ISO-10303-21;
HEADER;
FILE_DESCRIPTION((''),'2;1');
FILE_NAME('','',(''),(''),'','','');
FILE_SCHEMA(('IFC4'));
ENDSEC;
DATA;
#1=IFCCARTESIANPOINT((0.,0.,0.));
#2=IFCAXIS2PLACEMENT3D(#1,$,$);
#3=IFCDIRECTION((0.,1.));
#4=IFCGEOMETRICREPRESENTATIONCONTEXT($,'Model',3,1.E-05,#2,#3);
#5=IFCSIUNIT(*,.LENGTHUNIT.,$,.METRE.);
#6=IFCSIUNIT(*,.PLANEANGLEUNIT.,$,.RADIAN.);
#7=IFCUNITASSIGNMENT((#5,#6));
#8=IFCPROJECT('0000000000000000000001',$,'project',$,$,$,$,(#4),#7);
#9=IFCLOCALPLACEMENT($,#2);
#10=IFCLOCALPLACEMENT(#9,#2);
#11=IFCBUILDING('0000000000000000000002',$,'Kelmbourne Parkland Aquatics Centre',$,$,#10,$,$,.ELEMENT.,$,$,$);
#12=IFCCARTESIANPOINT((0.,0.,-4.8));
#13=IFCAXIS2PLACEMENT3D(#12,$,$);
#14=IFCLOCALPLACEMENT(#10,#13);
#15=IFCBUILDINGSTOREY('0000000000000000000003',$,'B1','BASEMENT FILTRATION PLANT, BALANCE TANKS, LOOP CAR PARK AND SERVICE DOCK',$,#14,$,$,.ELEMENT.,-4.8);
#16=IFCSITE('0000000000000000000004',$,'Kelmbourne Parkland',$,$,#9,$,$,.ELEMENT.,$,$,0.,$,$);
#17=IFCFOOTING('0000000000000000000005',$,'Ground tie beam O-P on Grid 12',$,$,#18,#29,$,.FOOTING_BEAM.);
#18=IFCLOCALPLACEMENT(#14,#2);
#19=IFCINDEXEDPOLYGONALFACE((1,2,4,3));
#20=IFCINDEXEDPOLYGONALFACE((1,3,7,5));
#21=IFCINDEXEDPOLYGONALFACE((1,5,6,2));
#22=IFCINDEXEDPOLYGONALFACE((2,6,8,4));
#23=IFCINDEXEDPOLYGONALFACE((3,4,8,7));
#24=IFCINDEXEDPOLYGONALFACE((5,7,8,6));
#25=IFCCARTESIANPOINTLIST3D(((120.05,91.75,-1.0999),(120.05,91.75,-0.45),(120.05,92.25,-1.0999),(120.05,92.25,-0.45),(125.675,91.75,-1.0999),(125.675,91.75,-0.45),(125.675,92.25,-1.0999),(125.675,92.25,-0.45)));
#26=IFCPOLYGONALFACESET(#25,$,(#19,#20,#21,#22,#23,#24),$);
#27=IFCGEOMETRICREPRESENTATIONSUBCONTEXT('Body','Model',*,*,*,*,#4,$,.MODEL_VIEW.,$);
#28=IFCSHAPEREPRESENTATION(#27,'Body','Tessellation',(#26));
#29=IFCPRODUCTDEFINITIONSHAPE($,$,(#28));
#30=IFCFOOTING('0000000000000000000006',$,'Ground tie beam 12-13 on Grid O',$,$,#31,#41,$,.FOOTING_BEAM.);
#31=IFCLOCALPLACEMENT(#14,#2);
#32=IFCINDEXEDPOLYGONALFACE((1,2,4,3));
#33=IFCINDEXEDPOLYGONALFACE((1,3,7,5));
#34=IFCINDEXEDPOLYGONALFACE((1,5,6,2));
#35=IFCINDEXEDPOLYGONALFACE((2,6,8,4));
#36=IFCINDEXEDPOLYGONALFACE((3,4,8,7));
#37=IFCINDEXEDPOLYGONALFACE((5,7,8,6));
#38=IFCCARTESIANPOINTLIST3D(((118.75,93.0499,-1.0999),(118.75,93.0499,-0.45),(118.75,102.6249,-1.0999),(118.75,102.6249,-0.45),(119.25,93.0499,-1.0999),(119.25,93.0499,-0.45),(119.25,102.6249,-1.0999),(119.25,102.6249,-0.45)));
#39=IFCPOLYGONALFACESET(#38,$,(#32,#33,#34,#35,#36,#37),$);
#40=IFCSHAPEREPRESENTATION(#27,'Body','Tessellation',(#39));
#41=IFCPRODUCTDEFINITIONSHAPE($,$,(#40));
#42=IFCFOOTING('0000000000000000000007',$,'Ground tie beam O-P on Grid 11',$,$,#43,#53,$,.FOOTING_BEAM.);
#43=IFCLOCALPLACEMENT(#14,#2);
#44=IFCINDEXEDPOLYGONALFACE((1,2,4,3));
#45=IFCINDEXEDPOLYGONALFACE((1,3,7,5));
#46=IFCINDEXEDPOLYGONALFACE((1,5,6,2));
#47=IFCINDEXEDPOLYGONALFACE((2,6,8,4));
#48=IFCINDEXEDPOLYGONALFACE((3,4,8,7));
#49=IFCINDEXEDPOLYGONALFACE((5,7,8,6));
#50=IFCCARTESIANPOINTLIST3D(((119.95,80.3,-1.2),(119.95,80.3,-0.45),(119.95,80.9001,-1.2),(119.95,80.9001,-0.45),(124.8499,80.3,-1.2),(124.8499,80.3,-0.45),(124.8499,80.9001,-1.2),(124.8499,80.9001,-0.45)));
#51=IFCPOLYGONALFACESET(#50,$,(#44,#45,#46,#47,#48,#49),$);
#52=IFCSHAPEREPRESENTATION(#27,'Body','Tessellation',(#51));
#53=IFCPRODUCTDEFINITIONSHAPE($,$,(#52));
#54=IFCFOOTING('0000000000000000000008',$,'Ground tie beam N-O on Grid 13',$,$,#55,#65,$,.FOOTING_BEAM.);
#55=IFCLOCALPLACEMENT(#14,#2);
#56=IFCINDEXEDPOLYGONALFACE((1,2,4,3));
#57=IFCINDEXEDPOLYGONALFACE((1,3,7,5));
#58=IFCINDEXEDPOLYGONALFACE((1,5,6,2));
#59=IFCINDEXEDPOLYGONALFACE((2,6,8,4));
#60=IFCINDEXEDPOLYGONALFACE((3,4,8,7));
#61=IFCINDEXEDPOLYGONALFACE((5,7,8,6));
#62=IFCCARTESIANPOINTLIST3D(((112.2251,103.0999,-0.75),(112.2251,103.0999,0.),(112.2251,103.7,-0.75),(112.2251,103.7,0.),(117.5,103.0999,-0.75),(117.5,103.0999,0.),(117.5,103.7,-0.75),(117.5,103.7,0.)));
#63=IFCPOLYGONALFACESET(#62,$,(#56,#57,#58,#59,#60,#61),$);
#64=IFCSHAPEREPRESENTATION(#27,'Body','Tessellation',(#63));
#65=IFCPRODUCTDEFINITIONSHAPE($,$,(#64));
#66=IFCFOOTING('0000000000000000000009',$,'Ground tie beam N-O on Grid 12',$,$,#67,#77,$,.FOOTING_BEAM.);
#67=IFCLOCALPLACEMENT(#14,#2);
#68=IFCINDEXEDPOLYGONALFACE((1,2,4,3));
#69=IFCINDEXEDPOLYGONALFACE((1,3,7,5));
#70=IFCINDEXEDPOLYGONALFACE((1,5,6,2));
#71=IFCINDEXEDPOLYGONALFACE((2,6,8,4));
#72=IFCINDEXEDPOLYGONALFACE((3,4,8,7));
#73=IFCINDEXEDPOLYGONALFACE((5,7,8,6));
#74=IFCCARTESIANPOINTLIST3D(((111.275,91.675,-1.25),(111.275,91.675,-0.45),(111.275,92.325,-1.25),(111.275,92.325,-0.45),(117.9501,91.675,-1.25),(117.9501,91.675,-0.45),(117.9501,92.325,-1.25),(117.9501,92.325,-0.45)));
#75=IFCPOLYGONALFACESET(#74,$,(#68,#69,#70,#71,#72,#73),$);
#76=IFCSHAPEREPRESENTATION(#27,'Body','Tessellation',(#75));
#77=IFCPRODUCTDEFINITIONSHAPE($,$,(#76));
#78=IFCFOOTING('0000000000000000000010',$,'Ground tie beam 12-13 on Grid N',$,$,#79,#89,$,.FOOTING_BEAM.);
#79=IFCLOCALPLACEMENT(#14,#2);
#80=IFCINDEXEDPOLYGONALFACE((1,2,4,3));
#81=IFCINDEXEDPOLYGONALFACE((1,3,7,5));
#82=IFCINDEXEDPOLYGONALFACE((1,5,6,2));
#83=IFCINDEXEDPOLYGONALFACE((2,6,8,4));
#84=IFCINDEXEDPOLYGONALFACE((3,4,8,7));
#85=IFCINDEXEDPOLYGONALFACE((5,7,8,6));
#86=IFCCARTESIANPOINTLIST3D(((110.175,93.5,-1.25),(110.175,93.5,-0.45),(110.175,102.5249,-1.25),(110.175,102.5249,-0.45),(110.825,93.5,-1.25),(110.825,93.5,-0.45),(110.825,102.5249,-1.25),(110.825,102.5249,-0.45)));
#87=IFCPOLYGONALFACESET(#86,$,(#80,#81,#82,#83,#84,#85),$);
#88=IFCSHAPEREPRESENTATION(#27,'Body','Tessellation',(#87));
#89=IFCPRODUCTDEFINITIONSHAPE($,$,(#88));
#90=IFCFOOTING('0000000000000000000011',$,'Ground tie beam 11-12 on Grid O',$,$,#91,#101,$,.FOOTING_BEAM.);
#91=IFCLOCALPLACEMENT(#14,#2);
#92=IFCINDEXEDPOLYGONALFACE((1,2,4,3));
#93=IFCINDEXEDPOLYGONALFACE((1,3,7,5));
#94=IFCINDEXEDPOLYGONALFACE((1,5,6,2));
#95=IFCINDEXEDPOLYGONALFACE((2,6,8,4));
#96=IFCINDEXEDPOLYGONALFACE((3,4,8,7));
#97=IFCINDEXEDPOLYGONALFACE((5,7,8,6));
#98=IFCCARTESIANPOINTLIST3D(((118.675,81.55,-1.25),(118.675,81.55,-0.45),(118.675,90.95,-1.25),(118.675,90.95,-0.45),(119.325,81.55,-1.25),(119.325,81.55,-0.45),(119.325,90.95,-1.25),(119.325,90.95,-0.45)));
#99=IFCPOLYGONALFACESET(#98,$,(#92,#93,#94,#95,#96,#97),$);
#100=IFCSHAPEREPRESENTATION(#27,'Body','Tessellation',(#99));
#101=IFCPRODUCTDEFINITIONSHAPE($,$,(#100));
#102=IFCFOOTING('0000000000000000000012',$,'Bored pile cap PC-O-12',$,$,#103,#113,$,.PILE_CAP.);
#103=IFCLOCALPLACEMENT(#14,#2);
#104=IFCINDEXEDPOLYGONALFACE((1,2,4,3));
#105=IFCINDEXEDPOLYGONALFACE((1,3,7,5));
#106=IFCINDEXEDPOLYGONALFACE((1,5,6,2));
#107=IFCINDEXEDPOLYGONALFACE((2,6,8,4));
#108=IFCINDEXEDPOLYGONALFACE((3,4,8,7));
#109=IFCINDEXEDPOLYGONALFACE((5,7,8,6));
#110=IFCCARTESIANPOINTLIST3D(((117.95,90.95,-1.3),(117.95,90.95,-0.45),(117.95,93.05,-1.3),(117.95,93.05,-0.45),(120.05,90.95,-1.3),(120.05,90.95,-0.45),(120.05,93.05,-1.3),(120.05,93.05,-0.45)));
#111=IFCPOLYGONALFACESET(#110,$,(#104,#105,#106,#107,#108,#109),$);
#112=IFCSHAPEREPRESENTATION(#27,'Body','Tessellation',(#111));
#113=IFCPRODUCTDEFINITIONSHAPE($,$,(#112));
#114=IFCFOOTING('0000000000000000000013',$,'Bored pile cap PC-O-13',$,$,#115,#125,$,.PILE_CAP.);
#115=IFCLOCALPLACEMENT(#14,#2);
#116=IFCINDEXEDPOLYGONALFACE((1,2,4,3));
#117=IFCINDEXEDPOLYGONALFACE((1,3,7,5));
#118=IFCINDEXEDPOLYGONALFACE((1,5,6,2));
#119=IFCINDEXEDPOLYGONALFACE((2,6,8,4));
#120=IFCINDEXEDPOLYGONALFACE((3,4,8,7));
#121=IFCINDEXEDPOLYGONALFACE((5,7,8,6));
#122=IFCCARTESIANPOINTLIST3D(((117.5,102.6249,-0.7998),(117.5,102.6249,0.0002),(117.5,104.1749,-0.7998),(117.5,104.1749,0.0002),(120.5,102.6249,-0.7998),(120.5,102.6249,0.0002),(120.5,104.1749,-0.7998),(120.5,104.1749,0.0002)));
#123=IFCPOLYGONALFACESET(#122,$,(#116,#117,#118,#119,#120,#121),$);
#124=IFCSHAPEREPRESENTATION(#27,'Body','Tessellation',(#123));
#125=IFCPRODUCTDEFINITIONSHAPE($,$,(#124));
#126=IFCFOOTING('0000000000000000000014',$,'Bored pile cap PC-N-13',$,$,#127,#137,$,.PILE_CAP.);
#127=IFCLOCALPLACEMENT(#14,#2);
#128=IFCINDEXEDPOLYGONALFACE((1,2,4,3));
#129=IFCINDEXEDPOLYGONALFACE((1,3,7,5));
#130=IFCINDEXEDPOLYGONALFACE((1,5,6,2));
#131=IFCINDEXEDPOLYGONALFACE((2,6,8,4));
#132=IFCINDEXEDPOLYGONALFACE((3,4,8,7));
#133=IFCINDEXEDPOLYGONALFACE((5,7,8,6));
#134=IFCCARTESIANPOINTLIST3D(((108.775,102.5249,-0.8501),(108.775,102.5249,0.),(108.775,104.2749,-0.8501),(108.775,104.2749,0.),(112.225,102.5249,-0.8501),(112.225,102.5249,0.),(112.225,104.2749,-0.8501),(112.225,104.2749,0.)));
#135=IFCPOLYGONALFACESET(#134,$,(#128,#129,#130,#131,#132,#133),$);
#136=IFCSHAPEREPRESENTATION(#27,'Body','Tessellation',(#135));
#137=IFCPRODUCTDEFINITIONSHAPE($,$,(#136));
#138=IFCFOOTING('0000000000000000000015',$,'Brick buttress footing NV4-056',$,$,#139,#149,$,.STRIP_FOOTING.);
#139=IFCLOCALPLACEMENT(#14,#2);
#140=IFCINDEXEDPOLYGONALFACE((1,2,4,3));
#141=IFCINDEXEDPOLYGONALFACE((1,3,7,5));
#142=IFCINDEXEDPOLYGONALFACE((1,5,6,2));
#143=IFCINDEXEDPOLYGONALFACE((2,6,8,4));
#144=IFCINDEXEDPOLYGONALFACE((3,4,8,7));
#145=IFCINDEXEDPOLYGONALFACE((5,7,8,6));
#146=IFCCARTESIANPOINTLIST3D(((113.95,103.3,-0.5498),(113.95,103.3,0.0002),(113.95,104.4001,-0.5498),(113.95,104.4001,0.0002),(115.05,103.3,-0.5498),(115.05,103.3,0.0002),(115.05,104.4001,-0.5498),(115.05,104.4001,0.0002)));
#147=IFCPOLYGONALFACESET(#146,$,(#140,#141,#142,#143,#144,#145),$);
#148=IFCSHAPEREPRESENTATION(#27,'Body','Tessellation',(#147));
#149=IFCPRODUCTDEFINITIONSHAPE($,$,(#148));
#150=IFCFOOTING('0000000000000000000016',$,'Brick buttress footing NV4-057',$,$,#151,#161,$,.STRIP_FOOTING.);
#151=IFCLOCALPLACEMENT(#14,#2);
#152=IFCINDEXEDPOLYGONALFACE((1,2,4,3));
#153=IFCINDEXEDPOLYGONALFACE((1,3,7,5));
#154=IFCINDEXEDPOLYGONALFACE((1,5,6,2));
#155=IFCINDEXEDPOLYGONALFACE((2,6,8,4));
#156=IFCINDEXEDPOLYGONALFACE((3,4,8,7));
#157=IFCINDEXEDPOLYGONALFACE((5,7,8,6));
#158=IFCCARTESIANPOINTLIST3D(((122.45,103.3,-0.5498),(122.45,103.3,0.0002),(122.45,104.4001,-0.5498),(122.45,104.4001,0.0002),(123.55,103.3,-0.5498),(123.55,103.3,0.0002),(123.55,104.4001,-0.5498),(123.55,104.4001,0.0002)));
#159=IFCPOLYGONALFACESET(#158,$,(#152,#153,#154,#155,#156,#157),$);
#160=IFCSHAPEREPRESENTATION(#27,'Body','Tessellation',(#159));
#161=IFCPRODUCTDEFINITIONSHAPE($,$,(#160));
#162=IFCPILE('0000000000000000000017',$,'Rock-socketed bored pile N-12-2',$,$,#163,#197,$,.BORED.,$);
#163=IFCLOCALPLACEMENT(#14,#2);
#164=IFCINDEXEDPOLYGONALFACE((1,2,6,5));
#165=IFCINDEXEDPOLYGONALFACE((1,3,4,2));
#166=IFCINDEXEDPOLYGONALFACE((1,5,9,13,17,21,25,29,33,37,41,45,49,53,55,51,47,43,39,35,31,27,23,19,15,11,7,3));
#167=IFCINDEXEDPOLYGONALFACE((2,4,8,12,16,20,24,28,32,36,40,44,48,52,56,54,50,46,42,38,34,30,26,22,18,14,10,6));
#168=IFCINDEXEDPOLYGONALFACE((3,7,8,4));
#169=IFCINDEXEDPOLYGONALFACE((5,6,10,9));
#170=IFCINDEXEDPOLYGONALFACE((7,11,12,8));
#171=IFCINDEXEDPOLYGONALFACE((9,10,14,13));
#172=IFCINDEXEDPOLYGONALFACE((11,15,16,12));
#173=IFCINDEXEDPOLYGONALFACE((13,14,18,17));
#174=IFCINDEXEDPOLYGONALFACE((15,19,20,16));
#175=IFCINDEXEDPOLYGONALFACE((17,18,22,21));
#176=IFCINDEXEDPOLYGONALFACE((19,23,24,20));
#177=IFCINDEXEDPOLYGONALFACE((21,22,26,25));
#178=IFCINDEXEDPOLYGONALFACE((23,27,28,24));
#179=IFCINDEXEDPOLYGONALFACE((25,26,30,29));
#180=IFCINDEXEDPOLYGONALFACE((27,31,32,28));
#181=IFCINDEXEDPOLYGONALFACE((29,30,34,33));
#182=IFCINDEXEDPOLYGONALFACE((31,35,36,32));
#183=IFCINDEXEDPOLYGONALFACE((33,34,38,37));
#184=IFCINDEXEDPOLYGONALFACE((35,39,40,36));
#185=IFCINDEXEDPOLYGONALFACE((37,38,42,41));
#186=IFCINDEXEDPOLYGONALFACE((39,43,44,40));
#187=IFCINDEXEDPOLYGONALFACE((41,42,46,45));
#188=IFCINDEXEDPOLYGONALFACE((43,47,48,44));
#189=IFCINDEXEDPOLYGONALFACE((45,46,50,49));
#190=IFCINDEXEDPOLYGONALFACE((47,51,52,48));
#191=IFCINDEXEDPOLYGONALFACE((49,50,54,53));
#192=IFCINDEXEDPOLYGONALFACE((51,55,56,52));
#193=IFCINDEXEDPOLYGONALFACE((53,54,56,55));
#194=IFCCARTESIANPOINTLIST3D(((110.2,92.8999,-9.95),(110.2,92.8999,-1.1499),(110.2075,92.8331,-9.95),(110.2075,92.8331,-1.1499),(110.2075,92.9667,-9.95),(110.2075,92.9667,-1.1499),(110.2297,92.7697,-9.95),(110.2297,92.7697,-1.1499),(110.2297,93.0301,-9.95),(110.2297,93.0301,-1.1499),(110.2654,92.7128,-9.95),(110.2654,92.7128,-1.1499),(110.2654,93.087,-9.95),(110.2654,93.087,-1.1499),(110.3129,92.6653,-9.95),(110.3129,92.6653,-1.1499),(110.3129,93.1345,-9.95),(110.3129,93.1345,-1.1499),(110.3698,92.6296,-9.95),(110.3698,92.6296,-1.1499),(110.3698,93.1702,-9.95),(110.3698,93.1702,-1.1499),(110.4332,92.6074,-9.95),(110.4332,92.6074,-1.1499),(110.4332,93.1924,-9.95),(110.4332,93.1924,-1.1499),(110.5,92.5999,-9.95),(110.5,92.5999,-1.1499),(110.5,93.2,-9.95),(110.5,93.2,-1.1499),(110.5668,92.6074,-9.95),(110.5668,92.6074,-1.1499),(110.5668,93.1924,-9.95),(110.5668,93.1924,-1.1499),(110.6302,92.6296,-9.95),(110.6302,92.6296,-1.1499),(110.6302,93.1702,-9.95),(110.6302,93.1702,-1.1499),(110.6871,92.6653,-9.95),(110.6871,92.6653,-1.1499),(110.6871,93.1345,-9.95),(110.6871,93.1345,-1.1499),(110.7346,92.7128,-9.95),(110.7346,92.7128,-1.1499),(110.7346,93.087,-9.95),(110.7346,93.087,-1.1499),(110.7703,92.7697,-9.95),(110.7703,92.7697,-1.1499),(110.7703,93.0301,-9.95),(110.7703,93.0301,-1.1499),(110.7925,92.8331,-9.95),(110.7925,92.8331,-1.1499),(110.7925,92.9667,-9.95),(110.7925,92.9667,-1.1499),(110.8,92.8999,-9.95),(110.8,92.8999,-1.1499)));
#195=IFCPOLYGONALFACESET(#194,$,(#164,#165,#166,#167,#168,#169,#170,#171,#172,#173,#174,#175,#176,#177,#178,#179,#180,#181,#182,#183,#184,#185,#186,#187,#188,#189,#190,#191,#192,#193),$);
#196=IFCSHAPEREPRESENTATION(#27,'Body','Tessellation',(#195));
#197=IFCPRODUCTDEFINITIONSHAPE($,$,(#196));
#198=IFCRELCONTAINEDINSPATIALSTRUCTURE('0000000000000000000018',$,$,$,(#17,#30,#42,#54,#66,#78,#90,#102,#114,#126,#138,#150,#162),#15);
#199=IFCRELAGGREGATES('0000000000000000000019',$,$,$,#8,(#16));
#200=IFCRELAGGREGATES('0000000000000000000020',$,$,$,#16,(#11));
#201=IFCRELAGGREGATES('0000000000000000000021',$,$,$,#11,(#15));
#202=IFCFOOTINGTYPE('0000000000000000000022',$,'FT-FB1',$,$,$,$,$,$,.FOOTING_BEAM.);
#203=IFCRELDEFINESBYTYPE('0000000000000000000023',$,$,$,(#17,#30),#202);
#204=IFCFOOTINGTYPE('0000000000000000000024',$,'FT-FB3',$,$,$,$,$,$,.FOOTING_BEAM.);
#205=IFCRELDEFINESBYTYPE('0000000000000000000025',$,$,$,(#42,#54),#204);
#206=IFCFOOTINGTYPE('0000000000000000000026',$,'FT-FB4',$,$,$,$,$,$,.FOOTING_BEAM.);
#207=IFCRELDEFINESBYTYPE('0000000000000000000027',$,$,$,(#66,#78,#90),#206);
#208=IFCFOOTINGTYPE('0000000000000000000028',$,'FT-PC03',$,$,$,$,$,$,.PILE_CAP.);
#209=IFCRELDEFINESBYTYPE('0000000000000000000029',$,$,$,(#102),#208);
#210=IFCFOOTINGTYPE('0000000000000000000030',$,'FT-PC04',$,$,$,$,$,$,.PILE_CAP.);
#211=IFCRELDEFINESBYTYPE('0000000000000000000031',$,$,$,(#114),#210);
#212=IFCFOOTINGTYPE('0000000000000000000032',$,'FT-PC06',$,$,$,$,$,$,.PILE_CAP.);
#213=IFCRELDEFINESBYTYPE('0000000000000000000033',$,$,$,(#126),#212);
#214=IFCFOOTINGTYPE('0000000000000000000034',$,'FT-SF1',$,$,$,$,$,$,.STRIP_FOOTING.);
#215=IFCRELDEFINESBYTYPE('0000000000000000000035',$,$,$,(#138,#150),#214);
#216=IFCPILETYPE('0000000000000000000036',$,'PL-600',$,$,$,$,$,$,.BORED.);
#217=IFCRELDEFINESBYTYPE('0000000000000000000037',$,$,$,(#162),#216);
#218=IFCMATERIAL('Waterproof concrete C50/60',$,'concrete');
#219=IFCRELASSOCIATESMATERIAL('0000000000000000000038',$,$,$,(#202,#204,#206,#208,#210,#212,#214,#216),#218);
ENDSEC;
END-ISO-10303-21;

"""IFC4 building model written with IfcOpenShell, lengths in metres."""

from ifc_helpers import new_model, si_unit, direction, frame, origin, origin_2d, place, context, subcontext, project, spatial, rectangle, circle, extrude, material, material_profile, profile_set, type_object, element, save


model = new_model("IFC4")

# Units and contexts
model_context = context("Model", 3, precision=1e-05, world=origin(), true_north=direction((0.0, 1.0)))
body_context = subcontext(model_context, "Body", "Model", "MODEL_VIEW")
ifc_project = project(units=[si_unit("LENGTHUNIT", "METRE"), si_unit("PLANEANGLEUNIT", "RADIAN")], contexts=[model_context])

# Site, building, storey
site_placement = place(None, origin())
site = spatial("IfcSite", under=ifc_project, at=site_placement, Name="Kelmbourne Parkland", CompositionType="ELEMENT", RefElevation=0.0)
building_placement = place(site_placement, origin())
building = spatial("IfcBuilding", under=site, at=building_placement, Name="Kelmbourne Parkland Aquatics Centre", CompositionType="ELEMENT")
storey_placement = place(building_placement, frame((0.0, 0.0, -4.8)))
storey = spatial("IfcBuildingStorey", under=building, at=storey_placement, Name="B1", Description="BASEMENT FILTRATION PLANT, BALANCE TANKS, LOOP CAR PARK AND SERVICE DOCK", CompositionType="ELEMENT", Elevation=-4.8)

# Footings
ifc_material_1 = material(Name="Waterproof concrete C50/60", Category="concrete")
footing_type_1 = type_object("IfcFootingType", Name="FT-FB1", PredefinedType="FOOTING_BEAM", material=ifc_material_1)
footing_1_placement = place(storey_placement, frame((122.8625, 92.0, -1.0999), z_axis=(0.0, 0.0, 1.0), x_axis=(1.0, 0.0, 0.0)))
element("IfcFooting", 1, at=footing_1_placement, inside=storey, type_object=footing_type_1, Name="Ground tie beam O-P on Grid 12", PredefinedType="FOOTING_BEAM", context=body_context, shape_type="SweptSolid", body=[
    extrude(rectangle(XDim=5.625, YDim=0.5, at=origin_2d()), origin(), (0.0, 0.0, 1.0), 0.6499),
])
footing_2_placement = place(storey_placement, frame((119.0, 97.8374, -1.0999), z_axis=(0.0, 0.0, 1.0), x_axis=(0.0, 1.0, 0.0)))
element("IfcFooting", 2, at=footing_2_placement, inside=storey, type_object=footing_type_1, Name="Ground tie beam 12-13 on Grid O", PredefinedType="FOOTING_BEAM", context=body_context, shape_type="SweptSolid", body=[
    extrude(rectangle(XDim=9.575, YDim=0.5, at=origin_2d()), origin(), (0.0, 0.0, 1.0), 0.6499),
])
footing_type_2 = type_object("IfcFootingType", Name="FT-FB3", PredefinedType="FOOTING_BEAM", material=ifc_material_1)
footing_3_placement = place(storey_placement, frame((122.3999, 80.6001, -1.2), z_axis=(0.0, 0.0, 1.0), x_axis=(1.0, 0.0, 0.0)))
element("IfcFooting", 3, at=footing_3_placement, inside=storey, type_object=footing_type_2, Name="Ground tie beam O-P on Grid 11", PredefinedType="FOOTING_BEAM", context=body_context, shape_type="SweptSolid", body=[
    extrude(rectangle(XDim=4.8999, YDim=0.6001, at=origin_2d()), origin(), (0.0, 0.0, 1.0), 0.75),
])
footing_4_placement = place(storey_placement, frame((114.8625, 103.3999, -0.75), z_axis=(0.0, 0.0, 1.0), x_axis=(1.0, 0.0, 0.0)))
element("IfcFooting", 4, at=footing_4_placement, inside=storey, type_object=footing_type_2, Name="Ground tie beam N-O on Grid 13", PredefinedType="FOOTING_BEAM", context=body_context, shape_type="SweptSolid", body=[
    extrude(rectangle(XDim=5.2749, YDim=0.6001, at=origin_2d()), origin(), (0.0, 0.0, 1.0), 0.75),
])
footing_type_3 = type_object("IfcFootingType", Name="FT-FB4", PredefinedType="FOOTING_BEAM", material=ifc_material_1)
footing_5_placement = place(storey_placement, frame((114.6125, 92.0, -1.25), z_axis=(0.0, 0.0, 1.0), x_axis=(1.0, 0.0, 0.0)))
element("IfcFooting", 5, at=footing_5_placement, inside=storey, type_object=footing_type_3, Name="Ground tie beam N-O on Grid 12", PredefinedType="FOOTING_BEAM", context=body_context, shape_type="SweptSolid", body=[
    extrude(rectangle(XDim=6.675, YDim=0.6499, at=origin_2d()), origin(), (0.0, 0.0, 1.0), 0.8),
])
footing_6_placement = place(storey_placement, frame((110.5, 98.0125, -1.25), z_axis=(0.0, 0.0, 1.0), x_axis=(0.0, 1.0, 0.0)))
element("IfcFooting", 6, at=footing_6_placement, inside=storey, type_object=footing_type_3, Name="Ground tie beam 12-13 on Grid N", PredefinedType="FOOTING_BEAM", context=body_context, shape_type="SweptSolid", body=[
    extrude(rectangle(XDim=9.0249, YDim=0.6499, at=origin_2d()), origin(), (0.0, 0.0, 1.0), 0.8),
])
footing_7_placement = place(storey_placement, frame((119.0, 86.25, -1.25), z_axis=(0.0, 0.0, 1.0), x_axis=(0.0, 1.0, 0.0)))
element("IfcFooting", 7, at=footing_7_placement, inside=storey, type_object=footing_type_3, Name="Ground tie beam 11-12 on Grid O", PredefinedType="FOOTING_BEAM", context=body_context, shape_type="SweptSolid", body=[
    extrude(rectangle(XDim=9.3999, YDim=0.6499, at=origin_2d()), origin(), (0.0, 0.0, 1.0), 0.8),
])
footing_type_4 = type_object("IfcFootingType", Name="FT-PC03", PredefinedType="PILE_CAP", material=ifc_material_1)
footing_8_placement = place(storey_placement, frame((119.0, 92.0, -1.3), z_axis=(0.0, 0.0, 1.0), x_axis=(1.0, 0.0, 0.0)))
element("IfcFooting", 8, at=footing_8_placement, inside=storey, type_object=footing_type_4, Name="Bored pile cap PC-O-12", PredefinedType="PILE_CAP", context=body_context, shape_type="SweptSolid", body=[
    extrude(rectangle(XDim=2.1001, YDim=2.1001, at=origin_2d()), origin(), (0.0, 0.0, 1.0), 0.8501),
])
footing_type_5 = type_object("IfcFootingType", Name="FT-PC04", PredefinedType="PILE_CAP", material=ifc_material_1)
footing_9_placement = place(storey_placement, frame((119.0, 103.3999, -0.7998), z_axis=(0.0, 0.0, 1.0), x_axis=(1.0, 0.0, 0.0)))
element("IfcFooting", 9, at=footing_9_placement, inside=storey, type_object=footing_type_5, Name="Bored pile cap PC-O-13", PredefinedType="PILE_CAP", context=body_context, shape_type="SweptSolid", body=[
    extrude(rectangle(XDim=3.0, YDim=1.55, at=origin_2d()), origin(), (0.0, 0.0, 1.0), 0.8),
])
footing_type_6 = type_object("IfcFootingType", Name="FT-PC06", PredefinedType="PILE_CAP", material=ifc_material_1)
footing_10_placement = place(storey_placement, frame((110.5, 103.3999, -0.8501), z_axis=(0.0, 0.0, 1.0), x_axis=(1.0, 0.0, 0.0)))
element("IfcFooting", 10, at=footing_10_placement, inside=storey, type_object=footing_type_6, Name="Bored pile cap PC-N-13", PredefinedType="PILE_CAP", context=body_context, shape_type="SweptSolid", body=[
    extrude(rectangle(XDim=3.45, YDim=1.75, at=origin_2d()), origin(), (0.0, 0.0, 1.0), 0.8501),
])
footing_type_7 = type_object("IfcFootingType", Name="FT-SF1", PredefinedType="STRIP_FOOTING", material=ifc_material_1)
for number, where, z_axis, x_axis, name in (
    (11, (114.5, 103.8501, -0.5498), (0.0, 0.0, 1.0), (1.0, 0.0, 0.0), "Brick buttress footing NV4-056"),
    (12, (123.0, 103.8501, -0.5498), (0.0, 0.0, 1.0), (1.0, 0.0, 0.0), "Brick buttress footing NV4-057"),
):
    element("IfcFooting", number, at=place(storey_placement, frame(where, z_axis=z_axis, x_axis=x_axis)), inside=storey, type_object=footing_type_7, Name=name, PredefinedType="STRIP_FOOTING", context=body_context, shape_type="SweptSolid", body=[
        extrude(rectangle(XDim=1.1001, YDim=1.1001, at=origin_2d()), origin(), (0.0, 0.0, 1.0), 0.55),
    ])

# Pile
ifc_material_profile_1 = material_profile(ifc_material_1, circle(Radius=0.3, at=origin_2d()), Name="PILE D600")
ifc_profile_set_1 = profile_set([ifc_material_profile_1], Name="Waterproof concrete C50/60")
pile_type_1 = type_object("IfcPileType", Name="PL-600", PredefinedType="BORED", material=ifc_profile_set_1)
for number, where, z_axis, x_axis, name in (
    (13, (110.5, 92.8999, -1.1499), (0.0, 0.0, -1.0), (1.0, 0.0, 0.0), "Rock-socketed bored pile N-12-2"),
):
    element("IfcPile", number, at=place(storey_placement, frame(where, z_axis=z_axis, x_axis=x_axis)), inside=storey, type_object=pile_type_1, Name=name, PredefinedType="BORED", context=body_context, shape_type="SweptSolid", body=[
        extrude(circle(Radius=0.3, at=origin_2d()), origin(), (0.0, 0.0, 1.0), 8.8),
    ])

save(model, "model.ifc")
